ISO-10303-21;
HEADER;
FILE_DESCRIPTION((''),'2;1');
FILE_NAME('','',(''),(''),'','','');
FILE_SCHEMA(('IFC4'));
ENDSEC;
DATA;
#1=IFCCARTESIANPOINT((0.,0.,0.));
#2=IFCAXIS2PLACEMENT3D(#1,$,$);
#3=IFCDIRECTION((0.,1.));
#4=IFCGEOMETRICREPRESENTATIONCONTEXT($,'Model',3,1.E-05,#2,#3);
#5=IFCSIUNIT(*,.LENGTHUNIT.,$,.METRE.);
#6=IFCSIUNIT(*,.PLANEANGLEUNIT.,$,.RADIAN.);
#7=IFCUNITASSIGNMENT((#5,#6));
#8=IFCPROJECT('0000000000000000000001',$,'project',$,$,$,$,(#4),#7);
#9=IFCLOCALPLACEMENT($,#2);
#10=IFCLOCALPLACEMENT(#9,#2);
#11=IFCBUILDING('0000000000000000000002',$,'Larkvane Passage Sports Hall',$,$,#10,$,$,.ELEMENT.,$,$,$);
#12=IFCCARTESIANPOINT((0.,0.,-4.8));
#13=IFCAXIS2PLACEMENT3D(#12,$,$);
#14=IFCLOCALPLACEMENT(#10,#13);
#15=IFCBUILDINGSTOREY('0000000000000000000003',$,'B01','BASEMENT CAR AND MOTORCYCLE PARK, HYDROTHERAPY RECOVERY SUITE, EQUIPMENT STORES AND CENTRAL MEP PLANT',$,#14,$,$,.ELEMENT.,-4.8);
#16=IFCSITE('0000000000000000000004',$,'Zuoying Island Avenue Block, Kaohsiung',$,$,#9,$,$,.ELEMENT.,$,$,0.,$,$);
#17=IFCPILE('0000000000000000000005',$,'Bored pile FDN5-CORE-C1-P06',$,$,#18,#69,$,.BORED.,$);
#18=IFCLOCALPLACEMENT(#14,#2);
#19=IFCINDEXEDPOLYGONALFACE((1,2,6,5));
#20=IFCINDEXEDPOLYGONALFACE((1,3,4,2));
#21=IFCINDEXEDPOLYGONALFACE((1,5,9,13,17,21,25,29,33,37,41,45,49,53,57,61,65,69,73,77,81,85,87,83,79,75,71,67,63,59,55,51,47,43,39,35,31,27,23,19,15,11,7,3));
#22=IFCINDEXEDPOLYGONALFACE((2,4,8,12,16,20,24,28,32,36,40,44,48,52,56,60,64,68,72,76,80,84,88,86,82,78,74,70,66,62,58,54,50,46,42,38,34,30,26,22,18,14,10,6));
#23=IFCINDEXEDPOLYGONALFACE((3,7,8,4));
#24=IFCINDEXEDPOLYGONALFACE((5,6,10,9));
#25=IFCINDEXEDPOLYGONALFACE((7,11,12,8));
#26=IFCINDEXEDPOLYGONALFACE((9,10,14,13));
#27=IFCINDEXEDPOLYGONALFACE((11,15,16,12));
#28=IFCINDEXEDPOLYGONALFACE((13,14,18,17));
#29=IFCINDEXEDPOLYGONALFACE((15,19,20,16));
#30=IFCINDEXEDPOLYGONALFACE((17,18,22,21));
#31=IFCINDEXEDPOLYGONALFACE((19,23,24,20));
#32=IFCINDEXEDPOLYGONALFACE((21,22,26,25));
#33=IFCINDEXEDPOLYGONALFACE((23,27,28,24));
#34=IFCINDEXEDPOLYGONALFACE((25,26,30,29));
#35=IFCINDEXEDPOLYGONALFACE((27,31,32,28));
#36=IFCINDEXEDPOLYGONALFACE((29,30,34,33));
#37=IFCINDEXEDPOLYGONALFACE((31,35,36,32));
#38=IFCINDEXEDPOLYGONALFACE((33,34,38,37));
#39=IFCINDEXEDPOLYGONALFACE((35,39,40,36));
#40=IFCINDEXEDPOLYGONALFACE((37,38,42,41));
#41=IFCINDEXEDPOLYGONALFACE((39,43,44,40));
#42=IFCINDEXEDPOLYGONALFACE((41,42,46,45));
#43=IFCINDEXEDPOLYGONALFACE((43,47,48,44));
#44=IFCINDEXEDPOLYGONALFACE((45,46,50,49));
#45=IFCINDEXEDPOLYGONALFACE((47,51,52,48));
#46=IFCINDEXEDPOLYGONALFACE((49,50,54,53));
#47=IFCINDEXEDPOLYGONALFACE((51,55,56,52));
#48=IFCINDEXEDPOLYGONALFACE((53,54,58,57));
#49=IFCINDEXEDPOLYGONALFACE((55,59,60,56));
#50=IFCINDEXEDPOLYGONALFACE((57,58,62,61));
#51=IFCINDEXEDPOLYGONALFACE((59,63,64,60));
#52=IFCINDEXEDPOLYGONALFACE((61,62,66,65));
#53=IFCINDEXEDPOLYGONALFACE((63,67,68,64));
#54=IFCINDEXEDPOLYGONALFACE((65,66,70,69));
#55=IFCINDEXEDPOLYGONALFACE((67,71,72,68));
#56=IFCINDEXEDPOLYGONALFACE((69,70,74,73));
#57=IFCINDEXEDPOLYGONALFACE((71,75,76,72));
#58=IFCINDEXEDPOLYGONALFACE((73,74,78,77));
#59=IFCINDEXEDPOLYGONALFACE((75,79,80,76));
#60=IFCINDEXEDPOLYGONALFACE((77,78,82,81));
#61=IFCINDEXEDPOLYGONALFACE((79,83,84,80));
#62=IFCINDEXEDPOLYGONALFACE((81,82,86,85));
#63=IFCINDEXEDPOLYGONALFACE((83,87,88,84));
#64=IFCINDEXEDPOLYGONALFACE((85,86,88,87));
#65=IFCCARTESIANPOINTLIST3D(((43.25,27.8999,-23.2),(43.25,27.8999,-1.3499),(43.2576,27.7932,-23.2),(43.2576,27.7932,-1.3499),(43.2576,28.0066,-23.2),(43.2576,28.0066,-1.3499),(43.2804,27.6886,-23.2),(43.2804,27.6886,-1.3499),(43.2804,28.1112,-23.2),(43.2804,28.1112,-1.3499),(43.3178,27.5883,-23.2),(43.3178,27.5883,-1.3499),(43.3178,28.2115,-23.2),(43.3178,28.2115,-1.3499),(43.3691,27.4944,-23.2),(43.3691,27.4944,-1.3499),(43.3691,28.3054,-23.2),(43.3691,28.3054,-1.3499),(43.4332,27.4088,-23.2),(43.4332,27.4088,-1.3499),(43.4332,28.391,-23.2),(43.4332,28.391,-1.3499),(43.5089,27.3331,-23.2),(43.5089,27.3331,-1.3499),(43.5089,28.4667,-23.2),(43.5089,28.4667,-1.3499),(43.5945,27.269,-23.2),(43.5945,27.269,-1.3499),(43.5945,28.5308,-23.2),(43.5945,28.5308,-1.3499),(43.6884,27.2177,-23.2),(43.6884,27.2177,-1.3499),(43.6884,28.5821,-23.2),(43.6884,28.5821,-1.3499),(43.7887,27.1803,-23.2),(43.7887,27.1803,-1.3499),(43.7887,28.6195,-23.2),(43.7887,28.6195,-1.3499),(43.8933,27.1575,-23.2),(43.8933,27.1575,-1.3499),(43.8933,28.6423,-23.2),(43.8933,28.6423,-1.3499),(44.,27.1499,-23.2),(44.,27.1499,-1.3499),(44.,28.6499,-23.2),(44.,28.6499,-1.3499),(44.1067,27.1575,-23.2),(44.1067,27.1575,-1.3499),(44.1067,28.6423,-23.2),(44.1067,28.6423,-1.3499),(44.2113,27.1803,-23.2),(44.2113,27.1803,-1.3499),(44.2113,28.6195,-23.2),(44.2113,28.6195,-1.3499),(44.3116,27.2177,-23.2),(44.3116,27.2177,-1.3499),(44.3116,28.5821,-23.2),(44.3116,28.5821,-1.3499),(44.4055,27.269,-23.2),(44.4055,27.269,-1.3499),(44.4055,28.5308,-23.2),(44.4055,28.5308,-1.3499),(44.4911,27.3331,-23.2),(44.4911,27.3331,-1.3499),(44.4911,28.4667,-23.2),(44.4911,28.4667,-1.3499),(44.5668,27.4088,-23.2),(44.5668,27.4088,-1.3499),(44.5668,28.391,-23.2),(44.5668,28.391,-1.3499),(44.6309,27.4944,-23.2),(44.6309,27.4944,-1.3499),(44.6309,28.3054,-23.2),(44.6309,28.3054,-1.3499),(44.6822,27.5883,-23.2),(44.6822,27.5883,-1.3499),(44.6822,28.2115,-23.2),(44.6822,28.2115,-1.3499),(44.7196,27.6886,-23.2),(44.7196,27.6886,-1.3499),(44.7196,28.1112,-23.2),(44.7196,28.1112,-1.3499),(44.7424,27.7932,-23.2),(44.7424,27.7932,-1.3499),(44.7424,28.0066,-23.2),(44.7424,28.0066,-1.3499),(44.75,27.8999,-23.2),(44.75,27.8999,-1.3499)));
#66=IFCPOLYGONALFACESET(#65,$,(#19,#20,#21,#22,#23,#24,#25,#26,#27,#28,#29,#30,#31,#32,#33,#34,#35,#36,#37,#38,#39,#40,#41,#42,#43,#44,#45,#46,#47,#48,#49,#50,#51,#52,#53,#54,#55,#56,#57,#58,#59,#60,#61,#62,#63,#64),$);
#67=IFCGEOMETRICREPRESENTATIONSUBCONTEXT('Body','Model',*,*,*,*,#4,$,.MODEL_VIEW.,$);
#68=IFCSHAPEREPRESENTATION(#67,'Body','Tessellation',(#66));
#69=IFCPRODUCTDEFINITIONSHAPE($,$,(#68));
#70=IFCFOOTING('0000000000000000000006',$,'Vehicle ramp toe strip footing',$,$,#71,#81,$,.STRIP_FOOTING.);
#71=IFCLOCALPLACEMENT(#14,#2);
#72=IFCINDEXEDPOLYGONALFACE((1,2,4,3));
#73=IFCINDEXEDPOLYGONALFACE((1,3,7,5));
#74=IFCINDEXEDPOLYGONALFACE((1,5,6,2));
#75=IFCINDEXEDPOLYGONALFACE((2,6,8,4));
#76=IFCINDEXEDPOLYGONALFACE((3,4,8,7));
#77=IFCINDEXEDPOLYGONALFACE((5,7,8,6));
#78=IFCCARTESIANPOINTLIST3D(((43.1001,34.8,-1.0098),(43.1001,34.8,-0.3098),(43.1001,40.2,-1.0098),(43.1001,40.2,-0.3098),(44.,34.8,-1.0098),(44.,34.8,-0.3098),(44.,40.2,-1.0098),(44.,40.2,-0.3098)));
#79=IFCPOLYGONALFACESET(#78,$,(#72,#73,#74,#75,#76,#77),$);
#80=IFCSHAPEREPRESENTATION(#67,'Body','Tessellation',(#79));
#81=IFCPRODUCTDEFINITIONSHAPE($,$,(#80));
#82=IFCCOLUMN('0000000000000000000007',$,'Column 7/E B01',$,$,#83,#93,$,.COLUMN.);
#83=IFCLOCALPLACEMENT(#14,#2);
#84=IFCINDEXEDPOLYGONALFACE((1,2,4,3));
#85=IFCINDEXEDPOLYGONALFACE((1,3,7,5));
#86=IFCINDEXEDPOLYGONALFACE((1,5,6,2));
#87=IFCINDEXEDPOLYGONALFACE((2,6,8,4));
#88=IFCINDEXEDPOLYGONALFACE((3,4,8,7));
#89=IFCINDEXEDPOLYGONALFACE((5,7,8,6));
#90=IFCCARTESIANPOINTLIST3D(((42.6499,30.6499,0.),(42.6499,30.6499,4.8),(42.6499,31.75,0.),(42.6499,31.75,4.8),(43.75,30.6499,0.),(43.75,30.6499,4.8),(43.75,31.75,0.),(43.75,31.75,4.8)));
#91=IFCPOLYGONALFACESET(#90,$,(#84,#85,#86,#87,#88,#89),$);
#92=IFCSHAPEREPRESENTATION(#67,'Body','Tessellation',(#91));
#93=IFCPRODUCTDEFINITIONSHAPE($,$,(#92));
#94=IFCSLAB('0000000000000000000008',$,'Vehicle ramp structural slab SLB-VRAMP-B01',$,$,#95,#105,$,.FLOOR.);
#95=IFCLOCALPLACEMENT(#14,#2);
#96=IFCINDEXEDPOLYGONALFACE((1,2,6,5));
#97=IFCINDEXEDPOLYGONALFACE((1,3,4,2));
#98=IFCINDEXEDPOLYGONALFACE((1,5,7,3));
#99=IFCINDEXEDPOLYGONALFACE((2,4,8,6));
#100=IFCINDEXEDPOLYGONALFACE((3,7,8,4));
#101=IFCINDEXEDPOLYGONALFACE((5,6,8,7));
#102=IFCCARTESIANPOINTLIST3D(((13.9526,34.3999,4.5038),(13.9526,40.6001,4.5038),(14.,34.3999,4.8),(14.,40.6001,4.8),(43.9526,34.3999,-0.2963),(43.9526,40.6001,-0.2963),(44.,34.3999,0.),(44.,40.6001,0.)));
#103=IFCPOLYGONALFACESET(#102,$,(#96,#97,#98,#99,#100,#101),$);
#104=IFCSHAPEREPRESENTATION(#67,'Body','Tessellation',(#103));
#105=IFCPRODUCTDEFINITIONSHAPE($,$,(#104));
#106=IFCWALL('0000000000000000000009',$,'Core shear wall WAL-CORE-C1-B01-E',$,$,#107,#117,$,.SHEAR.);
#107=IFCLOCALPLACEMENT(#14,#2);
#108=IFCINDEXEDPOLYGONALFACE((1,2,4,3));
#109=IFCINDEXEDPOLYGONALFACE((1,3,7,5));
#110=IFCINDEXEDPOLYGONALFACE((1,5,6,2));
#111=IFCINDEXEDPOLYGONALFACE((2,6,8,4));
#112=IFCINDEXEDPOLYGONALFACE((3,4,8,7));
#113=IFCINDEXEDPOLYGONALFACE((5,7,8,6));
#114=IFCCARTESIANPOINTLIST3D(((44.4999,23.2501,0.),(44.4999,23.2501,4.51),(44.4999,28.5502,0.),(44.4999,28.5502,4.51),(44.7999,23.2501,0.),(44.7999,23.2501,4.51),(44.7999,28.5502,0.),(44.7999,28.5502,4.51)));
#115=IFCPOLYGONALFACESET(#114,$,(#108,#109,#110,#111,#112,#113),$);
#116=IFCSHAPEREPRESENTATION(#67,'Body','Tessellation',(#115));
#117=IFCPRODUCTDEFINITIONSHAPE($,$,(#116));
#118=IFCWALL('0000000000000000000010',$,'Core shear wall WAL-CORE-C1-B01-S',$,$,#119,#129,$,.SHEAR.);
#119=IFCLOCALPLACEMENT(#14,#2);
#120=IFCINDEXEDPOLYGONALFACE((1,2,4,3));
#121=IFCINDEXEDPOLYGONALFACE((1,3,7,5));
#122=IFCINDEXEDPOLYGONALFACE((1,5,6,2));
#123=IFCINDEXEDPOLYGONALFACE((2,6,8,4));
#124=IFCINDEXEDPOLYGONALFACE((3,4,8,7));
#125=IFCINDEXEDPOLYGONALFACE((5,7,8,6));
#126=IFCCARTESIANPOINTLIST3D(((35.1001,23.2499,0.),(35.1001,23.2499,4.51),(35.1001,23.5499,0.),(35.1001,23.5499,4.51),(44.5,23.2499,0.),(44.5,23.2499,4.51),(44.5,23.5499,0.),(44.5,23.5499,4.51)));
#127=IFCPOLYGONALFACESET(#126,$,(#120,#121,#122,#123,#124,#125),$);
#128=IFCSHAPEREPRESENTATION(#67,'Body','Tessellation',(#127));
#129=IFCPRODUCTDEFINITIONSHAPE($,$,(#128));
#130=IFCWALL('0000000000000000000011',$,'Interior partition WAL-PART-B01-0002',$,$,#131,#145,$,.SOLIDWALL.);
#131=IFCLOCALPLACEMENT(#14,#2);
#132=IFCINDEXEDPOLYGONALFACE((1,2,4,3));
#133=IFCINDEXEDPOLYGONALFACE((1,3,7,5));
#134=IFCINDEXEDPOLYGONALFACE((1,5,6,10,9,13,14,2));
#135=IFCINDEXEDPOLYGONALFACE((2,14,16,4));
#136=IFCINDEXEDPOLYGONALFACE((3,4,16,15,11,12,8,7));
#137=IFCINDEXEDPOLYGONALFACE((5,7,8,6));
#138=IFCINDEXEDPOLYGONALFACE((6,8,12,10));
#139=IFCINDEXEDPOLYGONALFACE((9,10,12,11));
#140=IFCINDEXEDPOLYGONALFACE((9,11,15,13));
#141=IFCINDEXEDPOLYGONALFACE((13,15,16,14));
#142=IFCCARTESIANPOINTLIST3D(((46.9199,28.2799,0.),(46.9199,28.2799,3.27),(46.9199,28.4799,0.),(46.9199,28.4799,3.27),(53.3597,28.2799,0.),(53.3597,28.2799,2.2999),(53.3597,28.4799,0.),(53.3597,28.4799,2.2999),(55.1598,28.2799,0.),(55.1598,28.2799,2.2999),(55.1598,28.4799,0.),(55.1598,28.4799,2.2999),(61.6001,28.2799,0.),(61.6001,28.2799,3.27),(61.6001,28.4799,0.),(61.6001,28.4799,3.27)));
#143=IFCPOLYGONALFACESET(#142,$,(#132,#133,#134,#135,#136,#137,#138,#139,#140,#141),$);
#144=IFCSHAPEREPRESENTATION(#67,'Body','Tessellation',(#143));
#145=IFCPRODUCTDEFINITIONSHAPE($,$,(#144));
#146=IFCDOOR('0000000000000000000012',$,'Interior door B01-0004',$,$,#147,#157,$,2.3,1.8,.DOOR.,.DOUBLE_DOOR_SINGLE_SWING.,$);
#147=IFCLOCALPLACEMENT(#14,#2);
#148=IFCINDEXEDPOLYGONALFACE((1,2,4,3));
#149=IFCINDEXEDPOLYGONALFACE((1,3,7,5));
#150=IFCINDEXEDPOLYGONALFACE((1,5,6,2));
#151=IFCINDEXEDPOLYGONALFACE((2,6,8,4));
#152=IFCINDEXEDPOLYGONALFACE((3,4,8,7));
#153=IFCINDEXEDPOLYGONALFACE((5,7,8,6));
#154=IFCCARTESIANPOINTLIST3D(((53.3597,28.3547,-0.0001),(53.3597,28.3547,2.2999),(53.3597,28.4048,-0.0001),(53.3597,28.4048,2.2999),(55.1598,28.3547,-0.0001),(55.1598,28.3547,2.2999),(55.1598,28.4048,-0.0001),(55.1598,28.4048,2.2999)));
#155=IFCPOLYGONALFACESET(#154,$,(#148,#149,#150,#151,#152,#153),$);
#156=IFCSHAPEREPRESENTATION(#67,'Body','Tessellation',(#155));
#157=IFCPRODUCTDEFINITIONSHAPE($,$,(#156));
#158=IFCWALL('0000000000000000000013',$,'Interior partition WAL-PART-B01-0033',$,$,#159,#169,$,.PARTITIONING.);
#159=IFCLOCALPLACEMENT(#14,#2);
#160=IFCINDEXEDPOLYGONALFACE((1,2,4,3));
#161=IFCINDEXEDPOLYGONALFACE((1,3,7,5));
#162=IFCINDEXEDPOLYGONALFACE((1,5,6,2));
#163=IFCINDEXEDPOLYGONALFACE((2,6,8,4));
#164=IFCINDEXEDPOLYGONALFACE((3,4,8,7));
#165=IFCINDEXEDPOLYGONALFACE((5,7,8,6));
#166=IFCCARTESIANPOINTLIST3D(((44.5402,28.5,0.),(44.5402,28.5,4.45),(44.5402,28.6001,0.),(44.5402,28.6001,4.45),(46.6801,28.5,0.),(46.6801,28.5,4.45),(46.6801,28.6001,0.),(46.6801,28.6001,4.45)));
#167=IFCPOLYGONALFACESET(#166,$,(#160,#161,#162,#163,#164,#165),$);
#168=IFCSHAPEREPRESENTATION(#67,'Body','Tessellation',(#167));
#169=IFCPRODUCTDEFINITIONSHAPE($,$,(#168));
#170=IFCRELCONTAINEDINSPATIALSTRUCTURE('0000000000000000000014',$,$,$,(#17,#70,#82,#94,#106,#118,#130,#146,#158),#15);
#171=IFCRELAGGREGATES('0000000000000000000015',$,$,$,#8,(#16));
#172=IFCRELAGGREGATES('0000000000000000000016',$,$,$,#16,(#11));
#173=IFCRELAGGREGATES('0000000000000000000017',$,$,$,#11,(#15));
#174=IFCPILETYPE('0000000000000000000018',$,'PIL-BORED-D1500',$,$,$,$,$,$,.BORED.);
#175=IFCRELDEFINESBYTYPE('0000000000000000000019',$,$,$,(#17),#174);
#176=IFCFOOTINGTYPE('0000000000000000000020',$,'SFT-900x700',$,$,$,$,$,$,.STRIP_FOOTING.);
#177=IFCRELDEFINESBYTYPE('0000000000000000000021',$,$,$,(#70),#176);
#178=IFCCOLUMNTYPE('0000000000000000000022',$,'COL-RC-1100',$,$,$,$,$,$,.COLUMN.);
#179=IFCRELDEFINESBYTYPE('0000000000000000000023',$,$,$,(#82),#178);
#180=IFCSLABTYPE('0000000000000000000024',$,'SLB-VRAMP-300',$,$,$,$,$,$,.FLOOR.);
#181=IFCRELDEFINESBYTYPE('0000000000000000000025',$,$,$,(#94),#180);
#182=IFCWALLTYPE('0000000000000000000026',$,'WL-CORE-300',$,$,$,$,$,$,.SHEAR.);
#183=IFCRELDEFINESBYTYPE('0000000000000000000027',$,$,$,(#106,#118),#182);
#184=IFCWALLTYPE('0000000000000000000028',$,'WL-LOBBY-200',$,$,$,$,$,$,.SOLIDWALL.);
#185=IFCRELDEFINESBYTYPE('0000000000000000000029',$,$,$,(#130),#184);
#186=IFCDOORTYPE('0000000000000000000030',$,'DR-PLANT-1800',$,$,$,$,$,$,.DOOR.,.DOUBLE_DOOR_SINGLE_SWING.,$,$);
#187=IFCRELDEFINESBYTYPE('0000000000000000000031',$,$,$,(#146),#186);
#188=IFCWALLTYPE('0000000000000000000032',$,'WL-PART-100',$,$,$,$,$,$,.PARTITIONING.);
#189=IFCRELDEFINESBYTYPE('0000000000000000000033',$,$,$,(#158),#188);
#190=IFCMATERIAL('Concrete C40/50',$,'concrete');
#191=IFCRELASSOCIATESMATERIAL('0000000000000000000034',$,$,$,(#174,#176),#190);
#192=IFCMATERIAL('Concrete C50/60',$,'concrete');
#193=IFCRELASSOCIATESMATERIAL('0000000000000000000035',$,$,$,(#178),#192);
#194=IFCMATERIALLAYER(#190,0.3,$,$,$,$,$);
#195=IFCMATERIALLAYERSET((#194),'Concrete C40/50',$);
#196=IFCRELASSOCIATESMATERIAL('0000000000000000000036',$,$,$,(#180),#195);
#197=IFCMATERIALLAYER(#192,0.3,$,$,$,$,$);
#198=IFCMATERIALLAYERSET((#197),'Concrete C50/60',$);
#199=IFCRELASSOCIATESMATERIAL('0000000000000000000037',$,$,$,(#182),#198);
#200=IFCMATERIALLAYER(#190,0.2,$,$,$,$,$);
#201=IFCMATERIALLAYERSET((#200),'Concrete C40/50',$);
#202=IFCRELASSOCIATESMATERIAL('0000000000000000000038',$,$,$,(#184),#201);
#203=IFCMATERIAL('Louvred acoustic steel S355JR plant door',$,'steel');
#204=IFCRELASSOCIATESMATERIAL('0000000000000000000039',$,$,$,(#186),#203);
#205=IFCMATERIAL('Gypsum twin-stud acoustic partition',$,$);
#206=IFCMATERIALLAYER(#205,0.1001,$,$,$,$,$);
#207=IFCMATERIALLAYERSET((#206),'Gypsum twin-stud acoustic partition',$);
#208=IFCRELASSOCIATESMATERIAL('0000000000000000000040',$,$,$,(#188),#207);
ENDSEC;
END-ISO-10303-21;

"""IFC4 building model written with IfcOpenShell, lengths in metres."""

from ifc_helpers import new_model, si_unit, direction, frame, frame_2d, origin, origin_2d, place, context, subcontext, project, spatial, polyline, rectangle, circle, outline, extrude, material, layer, layer_set, material_profile, profile_set, type_object, element, fill, save


model = new_model("IFC4")

# Units and contexts
model_context = context("Model", 3, precision=1e-05, world=origin(), true_north=direction((0.0, 1.0)))
body_context = subcontext(model_context, "Body", "Model", "MODEL_VIEW")
ifc_project = project(units=[si_unit("LENGTHUNIT", "METRE"), si_unit("PLANEANGLEUNIT", "RADIAN")], contexts=[model_context])

# Site, building, storey
site_placement = place(None, origin())
site = spatial("IfcSite", under=ifc_project, at=site_placement, Name="Zuoying Island Avenue Block, Kaohsiung", CompositionType="ELEMENT", RefElevation=0.0)
building_placement = place(site_placement, origin())
building = spatial("IfcBuilding", under=site, at=building_placement, Name="Larkvane Passage Sports Hall", CompositionType="ELEMENT")
storey_placement = place(building_placement, frame((0.0, 0.0, -4.8)))
storey = spatial("IfcBuildingStorey", under=building, at=storey_placement, Name="B01", Description="BASEMENT CAR AND MOTORCYCLE PARK, HYDROTHERAPY RECOVERY SUITE, EQUIPMENT STORES AND CENTRAL MEP PLANT", CompositionType="ELEMENT", Elevation=-4.8)

# Shared definitions
ifc_material_1 = material(Name="Concrete C40/50", Category="concrete")

# Pile
ifc_material_profile_1 = material_profile(ifc_material_1, circle(Radius=0.75, at=origin_2d()), Name="PILE-D1500")
ifc_profile_set_1 = profile_set([ifc_material_profile_1], Name="Concrete C40/50")
pile_type_1 = type_object("IfcPileType", Name="PIL-BORED-D1500", PredefinedType="BORED", material=ifc_profile_set_1)
for number, where, z_axis, x_axis, name in (
    (1, (44.0, 27.8999, -1.3499), (0.0, 0.0, -1.0), (1.0, 0.0, 0.0), "Bored pile FDN5-CORE-C1-P06"),
):
    element("IfcPile", number, at=place(storey_placement, frame(where, z_axis=z_axis, x_axis=x_axis)), inside=storey, type_object=pile_type_1, Name=name, PredefinedType="BORED", context=body_context, shape_type="SweptSolid", body=[
        extrude(circle(Radius=0.75, at=origin_2d()), origin(), (0.0, 0.0, 1.0), 21.8501),
    ])

# Footing
footing_type_1 = type_object("IfcFootingType", Name="SFT-900x700", PredefinedType="STRIP_FOOTING", material=ifc_material_1)
footing_1_placement = place(storey_placement, frame((43.55, 37.5, -1.0098), z_axis=(0.0, 0.0, 1.0), x_axis=(1.0, 0.0, 0.0)))
element("IfcFooting", 2, at=footing_1_placement, inside=storey, type_object=footing_type_1, Name="Vehicle ramp toe strip footing", PredefinedType="STRIP_FOOTING", context=body_context, shape_type="SweptSolid", body=[
    extrude(rectangle(XDim=0.8999, YDim=5.3999, at=origin_2d()), origin(), (0.0, 0.0, 1.0), 0.7),
])

# Column
ifc_material_2 = material(Name="Concrete C50/60", Category="concrete")
ifc_material_profile_2 = material_profile(ifc_material_2, rectangle(XDim=1.1001, YDim=1.1001, at=origin_2d()), Name="RC-COL-1100x1100")
ifc_profile_set_2 = profile_set([ifc_material_profile_2], Name="Concrete C50/60")
column_type = type_object("IfcColumnType", Name="COL-RC-1100", PredefinedType="COLUMN", material=ifc_profile_set_2)
column_placement = place(storey_placement, frame((43.2, 31.2, 0.0), z_axis=(0.0, 0.0, 1.0), x_axis=(1.0, 0.0, 0.0)))
element("IfcColumn", 3, at=column_placement, inside=storey, type_object=column_type, Name="Column 7/E B01", PredefinedType="COLUMN", context=body_context, shape_type="SweptSolid", body=[
    extrude(rectangle(XDim=1.1001, YDim=1.1001, at=origin_2d()), origin(), (0.0, 0.0, 1.0), 4.8),
])

# Slab
ifc_layer_1 = layer(ifc_material_1, 0.3)
ifc_layer_set_1 = layer_set([ifc_layer_1], Name="Concrete C40/50")
slab_type = type_object("IfcSlabType", Name="SLB-VRAMP-300", PredefinedType="FLOOR", material=ifc_layer_set_1)
slab_placement = place(storey_placement, frame((44.0, 34.3999, 0.0), z_axis=(0.157992, 0.0, 0.98744), x_axis=(-0.98744, 0.0, 0.157992)))
element("IfcSlab", 4, at=slab_placement, inside=storey, type_object=slab_type, Name="Vehicle ramp structural slab SLB-VRAMP-B01", PredefinedType="FLOOR", context=body_context, shape_type="SweptSolid", body=[
    extrude(outline(polyline([(0.0, 0.0), (30.3816, 0.0), (30.3816, -6.2002), (0.0, -6.2002), (0.0, 0.0)])), origin(), (0.0, 0.0, -1.0), 0.3),
])

# Walls
ifc_layer_2 = layer(ifc_material_2, 0.3)
ifc_layer_set_2 = layer_set([ifc_layer_2], Name="Concrete C50/60")
wall_type_1 = type_object("IfcWallType", Name="WL-CORE-300", PredefinedType="SHEAR", material=ifc_layer_set_2)
wall_1_placement = place(storey_placement, frame((44.6499, 28.55, 0.0), z_axis=(0.0, 0.0, 1.0), x_axis=(0.0, -1.0, 0.0)))
element("IfcWall", 5, at=wall_1_placement, inside=storey, type_object=wall_type_1, Name="Core shear wall WAL-CORE-C1-B01-E", PredefinedType="SHEAR", context=body_context, shape_type="SweptSolid", body=[
    extrude(rectangle(XDim=5.3, YDim=0.3, at=frame_2d((2.6499, 0.0))), origin(), (0.0, 0.0, 1.0), 4.51),
])
wall_2_placement = place(storey_placement, frame((44.5, 23.3999, 0.0), z_axis=(0.0, 0.0, 1.0), x_axis=(-1.0, 0.0, 0.0)))
element("IfcWall", 6, at=wall_2_placement, inside=storey, type_object=wall_type_1, Name="Core shear wall WAL-CORE-C1-B01-S", PredefinedType="SHEAR", context=body_context, shape_type="SweptSolid", body=[
    extrude(rectangle(XDim=9.3999, YDim=0.3, at=frame_2d((4.7, 0.0))), origin(), (0.0, 0.0, 1.0), 4.51),
])

# Wall, opening, door
ifc_layer_3 = layer(ifc_material_1, 0.2)
ifc_layer_set_3 = layer_set([ifc_layer_3], Name="Concrete C40/50")
wall_type_2 = type_object("IfcWallType", Name="WL-LOBBY-200", PredefinedType="SOLIDWALL", material=ifc_layer_set_3)
wall_3_placement = place(storey_placement, frame((46.9199, 28.3799, 0.0), z_axis=(0.0, 0.0, 1.0), x_axis=(1.0, 0.0, 0.0)))
wall_3 = element("IfcWall", 7, at=wall_3_placement, inside=storey, type_object=wall_type_2, Name="Interior partition WAL-PART-B01-0002", PredefinedType="SOLIDWALL", context=body_context, shape_type="SweptSolid", body=[
    extrude(rectangle(XDim=14.6802, YDim=0.2, at=frame_2d((7.3401, 0.0))), origin(), (0.0, 0.0, 1.0), 3.27),
])
opening_1_placement = place(wall_3_placement, frame((6.4399, 0.0, 0.0)))
opening_1 = element("IfcOpeningElement", 8, at=opening_1_placement, cuts=wall_3, PredefinedType="OPENING", context=body_context, shape_type="SweptSolid", body=[
    extrude(rectangle(XDim=1.8, YDim=2.3, at=frame_2d((0.8999, 1.1499))), frame((0.0, 0.1099, 0.0), z_axis=(0.0, -1.0, 0.0), x_axis=(1.0, 0.0, 0.0)), (0.0, 0.0, 1.0), 0.22),
])
ifc_material_3 = material(Name="Louvred acoustic steel S355JR plant door", Category="steel")
door_type_1 = type_object("IfcDoorType", Name="DR-PLANT-1800", OperationType="DOUBLE_DOOR_SINGLE_SWING", PredefinedType="DOOR", material=ifc_material_3)
door_1_placement = place(opening_1_placement, origin())
door_1 = element("IfcDoor", 9, at=door_1_placement, inside=storey, type_object=door_type_1, Name="Interior door B01-0004", OperationType="DOUBLE_DOOR_SINGLE_SWING", OverallHeight=2.3, OverallWidth=1.8, PredefinedType="DOOR", context=body_context, shape_type="SweptSolid", body=[
    extrude(rectangle(XDim=1.8, YDim=2.3, at=frame_2d((0.8999, 1.1499))), frame((0.0, 0.0249, 0.0), z_axis=(0.0, -1.0, 0.0), x_axis=(1.0, 0.0, 0.0)), (0.0, 0.0, 1.0), 0.05),
])
fill(opening_1, door_1)

# Wall
ifc_material_4 = material(Name="Gypsum twin-stud acoustic partition")
ifc_layer_4 = layer(ifc_material_4, 0.1001)
ifc_layer_set_4 = layer_set([ifc_layer_4], Name="Gypsum twin-stud acoustic partition")
wall_type_3 = type_object("IfcWallType", Name="WL-PART-100", PredefinedType="PARTITIONING", material=ifc_layer_set_4)
wall_4_placement = place(storey_placement, frame((46.6799, 28.55, 0.0), z_axis=(0.0, 0.0, 1.0), x_axis=(-1.0, 0.0, 0.0)))
element("IfcWall", 10, at=wall_4_placement, inside=storey, type_object=wall_type_3, Name="Interior partition WAL-PART-B01-0033", PredefinedType="PARTITIONING", context=body_context, shape_type="SweptSolid", body=[
    extrude(rectangle(XDim=2.1399, YDim=0.1001, at=frame_2d((1.0698, 0.0))), origin(), (0.0, 0.0, 1.0), 4.45),
])

save(model, "model.ifc")
